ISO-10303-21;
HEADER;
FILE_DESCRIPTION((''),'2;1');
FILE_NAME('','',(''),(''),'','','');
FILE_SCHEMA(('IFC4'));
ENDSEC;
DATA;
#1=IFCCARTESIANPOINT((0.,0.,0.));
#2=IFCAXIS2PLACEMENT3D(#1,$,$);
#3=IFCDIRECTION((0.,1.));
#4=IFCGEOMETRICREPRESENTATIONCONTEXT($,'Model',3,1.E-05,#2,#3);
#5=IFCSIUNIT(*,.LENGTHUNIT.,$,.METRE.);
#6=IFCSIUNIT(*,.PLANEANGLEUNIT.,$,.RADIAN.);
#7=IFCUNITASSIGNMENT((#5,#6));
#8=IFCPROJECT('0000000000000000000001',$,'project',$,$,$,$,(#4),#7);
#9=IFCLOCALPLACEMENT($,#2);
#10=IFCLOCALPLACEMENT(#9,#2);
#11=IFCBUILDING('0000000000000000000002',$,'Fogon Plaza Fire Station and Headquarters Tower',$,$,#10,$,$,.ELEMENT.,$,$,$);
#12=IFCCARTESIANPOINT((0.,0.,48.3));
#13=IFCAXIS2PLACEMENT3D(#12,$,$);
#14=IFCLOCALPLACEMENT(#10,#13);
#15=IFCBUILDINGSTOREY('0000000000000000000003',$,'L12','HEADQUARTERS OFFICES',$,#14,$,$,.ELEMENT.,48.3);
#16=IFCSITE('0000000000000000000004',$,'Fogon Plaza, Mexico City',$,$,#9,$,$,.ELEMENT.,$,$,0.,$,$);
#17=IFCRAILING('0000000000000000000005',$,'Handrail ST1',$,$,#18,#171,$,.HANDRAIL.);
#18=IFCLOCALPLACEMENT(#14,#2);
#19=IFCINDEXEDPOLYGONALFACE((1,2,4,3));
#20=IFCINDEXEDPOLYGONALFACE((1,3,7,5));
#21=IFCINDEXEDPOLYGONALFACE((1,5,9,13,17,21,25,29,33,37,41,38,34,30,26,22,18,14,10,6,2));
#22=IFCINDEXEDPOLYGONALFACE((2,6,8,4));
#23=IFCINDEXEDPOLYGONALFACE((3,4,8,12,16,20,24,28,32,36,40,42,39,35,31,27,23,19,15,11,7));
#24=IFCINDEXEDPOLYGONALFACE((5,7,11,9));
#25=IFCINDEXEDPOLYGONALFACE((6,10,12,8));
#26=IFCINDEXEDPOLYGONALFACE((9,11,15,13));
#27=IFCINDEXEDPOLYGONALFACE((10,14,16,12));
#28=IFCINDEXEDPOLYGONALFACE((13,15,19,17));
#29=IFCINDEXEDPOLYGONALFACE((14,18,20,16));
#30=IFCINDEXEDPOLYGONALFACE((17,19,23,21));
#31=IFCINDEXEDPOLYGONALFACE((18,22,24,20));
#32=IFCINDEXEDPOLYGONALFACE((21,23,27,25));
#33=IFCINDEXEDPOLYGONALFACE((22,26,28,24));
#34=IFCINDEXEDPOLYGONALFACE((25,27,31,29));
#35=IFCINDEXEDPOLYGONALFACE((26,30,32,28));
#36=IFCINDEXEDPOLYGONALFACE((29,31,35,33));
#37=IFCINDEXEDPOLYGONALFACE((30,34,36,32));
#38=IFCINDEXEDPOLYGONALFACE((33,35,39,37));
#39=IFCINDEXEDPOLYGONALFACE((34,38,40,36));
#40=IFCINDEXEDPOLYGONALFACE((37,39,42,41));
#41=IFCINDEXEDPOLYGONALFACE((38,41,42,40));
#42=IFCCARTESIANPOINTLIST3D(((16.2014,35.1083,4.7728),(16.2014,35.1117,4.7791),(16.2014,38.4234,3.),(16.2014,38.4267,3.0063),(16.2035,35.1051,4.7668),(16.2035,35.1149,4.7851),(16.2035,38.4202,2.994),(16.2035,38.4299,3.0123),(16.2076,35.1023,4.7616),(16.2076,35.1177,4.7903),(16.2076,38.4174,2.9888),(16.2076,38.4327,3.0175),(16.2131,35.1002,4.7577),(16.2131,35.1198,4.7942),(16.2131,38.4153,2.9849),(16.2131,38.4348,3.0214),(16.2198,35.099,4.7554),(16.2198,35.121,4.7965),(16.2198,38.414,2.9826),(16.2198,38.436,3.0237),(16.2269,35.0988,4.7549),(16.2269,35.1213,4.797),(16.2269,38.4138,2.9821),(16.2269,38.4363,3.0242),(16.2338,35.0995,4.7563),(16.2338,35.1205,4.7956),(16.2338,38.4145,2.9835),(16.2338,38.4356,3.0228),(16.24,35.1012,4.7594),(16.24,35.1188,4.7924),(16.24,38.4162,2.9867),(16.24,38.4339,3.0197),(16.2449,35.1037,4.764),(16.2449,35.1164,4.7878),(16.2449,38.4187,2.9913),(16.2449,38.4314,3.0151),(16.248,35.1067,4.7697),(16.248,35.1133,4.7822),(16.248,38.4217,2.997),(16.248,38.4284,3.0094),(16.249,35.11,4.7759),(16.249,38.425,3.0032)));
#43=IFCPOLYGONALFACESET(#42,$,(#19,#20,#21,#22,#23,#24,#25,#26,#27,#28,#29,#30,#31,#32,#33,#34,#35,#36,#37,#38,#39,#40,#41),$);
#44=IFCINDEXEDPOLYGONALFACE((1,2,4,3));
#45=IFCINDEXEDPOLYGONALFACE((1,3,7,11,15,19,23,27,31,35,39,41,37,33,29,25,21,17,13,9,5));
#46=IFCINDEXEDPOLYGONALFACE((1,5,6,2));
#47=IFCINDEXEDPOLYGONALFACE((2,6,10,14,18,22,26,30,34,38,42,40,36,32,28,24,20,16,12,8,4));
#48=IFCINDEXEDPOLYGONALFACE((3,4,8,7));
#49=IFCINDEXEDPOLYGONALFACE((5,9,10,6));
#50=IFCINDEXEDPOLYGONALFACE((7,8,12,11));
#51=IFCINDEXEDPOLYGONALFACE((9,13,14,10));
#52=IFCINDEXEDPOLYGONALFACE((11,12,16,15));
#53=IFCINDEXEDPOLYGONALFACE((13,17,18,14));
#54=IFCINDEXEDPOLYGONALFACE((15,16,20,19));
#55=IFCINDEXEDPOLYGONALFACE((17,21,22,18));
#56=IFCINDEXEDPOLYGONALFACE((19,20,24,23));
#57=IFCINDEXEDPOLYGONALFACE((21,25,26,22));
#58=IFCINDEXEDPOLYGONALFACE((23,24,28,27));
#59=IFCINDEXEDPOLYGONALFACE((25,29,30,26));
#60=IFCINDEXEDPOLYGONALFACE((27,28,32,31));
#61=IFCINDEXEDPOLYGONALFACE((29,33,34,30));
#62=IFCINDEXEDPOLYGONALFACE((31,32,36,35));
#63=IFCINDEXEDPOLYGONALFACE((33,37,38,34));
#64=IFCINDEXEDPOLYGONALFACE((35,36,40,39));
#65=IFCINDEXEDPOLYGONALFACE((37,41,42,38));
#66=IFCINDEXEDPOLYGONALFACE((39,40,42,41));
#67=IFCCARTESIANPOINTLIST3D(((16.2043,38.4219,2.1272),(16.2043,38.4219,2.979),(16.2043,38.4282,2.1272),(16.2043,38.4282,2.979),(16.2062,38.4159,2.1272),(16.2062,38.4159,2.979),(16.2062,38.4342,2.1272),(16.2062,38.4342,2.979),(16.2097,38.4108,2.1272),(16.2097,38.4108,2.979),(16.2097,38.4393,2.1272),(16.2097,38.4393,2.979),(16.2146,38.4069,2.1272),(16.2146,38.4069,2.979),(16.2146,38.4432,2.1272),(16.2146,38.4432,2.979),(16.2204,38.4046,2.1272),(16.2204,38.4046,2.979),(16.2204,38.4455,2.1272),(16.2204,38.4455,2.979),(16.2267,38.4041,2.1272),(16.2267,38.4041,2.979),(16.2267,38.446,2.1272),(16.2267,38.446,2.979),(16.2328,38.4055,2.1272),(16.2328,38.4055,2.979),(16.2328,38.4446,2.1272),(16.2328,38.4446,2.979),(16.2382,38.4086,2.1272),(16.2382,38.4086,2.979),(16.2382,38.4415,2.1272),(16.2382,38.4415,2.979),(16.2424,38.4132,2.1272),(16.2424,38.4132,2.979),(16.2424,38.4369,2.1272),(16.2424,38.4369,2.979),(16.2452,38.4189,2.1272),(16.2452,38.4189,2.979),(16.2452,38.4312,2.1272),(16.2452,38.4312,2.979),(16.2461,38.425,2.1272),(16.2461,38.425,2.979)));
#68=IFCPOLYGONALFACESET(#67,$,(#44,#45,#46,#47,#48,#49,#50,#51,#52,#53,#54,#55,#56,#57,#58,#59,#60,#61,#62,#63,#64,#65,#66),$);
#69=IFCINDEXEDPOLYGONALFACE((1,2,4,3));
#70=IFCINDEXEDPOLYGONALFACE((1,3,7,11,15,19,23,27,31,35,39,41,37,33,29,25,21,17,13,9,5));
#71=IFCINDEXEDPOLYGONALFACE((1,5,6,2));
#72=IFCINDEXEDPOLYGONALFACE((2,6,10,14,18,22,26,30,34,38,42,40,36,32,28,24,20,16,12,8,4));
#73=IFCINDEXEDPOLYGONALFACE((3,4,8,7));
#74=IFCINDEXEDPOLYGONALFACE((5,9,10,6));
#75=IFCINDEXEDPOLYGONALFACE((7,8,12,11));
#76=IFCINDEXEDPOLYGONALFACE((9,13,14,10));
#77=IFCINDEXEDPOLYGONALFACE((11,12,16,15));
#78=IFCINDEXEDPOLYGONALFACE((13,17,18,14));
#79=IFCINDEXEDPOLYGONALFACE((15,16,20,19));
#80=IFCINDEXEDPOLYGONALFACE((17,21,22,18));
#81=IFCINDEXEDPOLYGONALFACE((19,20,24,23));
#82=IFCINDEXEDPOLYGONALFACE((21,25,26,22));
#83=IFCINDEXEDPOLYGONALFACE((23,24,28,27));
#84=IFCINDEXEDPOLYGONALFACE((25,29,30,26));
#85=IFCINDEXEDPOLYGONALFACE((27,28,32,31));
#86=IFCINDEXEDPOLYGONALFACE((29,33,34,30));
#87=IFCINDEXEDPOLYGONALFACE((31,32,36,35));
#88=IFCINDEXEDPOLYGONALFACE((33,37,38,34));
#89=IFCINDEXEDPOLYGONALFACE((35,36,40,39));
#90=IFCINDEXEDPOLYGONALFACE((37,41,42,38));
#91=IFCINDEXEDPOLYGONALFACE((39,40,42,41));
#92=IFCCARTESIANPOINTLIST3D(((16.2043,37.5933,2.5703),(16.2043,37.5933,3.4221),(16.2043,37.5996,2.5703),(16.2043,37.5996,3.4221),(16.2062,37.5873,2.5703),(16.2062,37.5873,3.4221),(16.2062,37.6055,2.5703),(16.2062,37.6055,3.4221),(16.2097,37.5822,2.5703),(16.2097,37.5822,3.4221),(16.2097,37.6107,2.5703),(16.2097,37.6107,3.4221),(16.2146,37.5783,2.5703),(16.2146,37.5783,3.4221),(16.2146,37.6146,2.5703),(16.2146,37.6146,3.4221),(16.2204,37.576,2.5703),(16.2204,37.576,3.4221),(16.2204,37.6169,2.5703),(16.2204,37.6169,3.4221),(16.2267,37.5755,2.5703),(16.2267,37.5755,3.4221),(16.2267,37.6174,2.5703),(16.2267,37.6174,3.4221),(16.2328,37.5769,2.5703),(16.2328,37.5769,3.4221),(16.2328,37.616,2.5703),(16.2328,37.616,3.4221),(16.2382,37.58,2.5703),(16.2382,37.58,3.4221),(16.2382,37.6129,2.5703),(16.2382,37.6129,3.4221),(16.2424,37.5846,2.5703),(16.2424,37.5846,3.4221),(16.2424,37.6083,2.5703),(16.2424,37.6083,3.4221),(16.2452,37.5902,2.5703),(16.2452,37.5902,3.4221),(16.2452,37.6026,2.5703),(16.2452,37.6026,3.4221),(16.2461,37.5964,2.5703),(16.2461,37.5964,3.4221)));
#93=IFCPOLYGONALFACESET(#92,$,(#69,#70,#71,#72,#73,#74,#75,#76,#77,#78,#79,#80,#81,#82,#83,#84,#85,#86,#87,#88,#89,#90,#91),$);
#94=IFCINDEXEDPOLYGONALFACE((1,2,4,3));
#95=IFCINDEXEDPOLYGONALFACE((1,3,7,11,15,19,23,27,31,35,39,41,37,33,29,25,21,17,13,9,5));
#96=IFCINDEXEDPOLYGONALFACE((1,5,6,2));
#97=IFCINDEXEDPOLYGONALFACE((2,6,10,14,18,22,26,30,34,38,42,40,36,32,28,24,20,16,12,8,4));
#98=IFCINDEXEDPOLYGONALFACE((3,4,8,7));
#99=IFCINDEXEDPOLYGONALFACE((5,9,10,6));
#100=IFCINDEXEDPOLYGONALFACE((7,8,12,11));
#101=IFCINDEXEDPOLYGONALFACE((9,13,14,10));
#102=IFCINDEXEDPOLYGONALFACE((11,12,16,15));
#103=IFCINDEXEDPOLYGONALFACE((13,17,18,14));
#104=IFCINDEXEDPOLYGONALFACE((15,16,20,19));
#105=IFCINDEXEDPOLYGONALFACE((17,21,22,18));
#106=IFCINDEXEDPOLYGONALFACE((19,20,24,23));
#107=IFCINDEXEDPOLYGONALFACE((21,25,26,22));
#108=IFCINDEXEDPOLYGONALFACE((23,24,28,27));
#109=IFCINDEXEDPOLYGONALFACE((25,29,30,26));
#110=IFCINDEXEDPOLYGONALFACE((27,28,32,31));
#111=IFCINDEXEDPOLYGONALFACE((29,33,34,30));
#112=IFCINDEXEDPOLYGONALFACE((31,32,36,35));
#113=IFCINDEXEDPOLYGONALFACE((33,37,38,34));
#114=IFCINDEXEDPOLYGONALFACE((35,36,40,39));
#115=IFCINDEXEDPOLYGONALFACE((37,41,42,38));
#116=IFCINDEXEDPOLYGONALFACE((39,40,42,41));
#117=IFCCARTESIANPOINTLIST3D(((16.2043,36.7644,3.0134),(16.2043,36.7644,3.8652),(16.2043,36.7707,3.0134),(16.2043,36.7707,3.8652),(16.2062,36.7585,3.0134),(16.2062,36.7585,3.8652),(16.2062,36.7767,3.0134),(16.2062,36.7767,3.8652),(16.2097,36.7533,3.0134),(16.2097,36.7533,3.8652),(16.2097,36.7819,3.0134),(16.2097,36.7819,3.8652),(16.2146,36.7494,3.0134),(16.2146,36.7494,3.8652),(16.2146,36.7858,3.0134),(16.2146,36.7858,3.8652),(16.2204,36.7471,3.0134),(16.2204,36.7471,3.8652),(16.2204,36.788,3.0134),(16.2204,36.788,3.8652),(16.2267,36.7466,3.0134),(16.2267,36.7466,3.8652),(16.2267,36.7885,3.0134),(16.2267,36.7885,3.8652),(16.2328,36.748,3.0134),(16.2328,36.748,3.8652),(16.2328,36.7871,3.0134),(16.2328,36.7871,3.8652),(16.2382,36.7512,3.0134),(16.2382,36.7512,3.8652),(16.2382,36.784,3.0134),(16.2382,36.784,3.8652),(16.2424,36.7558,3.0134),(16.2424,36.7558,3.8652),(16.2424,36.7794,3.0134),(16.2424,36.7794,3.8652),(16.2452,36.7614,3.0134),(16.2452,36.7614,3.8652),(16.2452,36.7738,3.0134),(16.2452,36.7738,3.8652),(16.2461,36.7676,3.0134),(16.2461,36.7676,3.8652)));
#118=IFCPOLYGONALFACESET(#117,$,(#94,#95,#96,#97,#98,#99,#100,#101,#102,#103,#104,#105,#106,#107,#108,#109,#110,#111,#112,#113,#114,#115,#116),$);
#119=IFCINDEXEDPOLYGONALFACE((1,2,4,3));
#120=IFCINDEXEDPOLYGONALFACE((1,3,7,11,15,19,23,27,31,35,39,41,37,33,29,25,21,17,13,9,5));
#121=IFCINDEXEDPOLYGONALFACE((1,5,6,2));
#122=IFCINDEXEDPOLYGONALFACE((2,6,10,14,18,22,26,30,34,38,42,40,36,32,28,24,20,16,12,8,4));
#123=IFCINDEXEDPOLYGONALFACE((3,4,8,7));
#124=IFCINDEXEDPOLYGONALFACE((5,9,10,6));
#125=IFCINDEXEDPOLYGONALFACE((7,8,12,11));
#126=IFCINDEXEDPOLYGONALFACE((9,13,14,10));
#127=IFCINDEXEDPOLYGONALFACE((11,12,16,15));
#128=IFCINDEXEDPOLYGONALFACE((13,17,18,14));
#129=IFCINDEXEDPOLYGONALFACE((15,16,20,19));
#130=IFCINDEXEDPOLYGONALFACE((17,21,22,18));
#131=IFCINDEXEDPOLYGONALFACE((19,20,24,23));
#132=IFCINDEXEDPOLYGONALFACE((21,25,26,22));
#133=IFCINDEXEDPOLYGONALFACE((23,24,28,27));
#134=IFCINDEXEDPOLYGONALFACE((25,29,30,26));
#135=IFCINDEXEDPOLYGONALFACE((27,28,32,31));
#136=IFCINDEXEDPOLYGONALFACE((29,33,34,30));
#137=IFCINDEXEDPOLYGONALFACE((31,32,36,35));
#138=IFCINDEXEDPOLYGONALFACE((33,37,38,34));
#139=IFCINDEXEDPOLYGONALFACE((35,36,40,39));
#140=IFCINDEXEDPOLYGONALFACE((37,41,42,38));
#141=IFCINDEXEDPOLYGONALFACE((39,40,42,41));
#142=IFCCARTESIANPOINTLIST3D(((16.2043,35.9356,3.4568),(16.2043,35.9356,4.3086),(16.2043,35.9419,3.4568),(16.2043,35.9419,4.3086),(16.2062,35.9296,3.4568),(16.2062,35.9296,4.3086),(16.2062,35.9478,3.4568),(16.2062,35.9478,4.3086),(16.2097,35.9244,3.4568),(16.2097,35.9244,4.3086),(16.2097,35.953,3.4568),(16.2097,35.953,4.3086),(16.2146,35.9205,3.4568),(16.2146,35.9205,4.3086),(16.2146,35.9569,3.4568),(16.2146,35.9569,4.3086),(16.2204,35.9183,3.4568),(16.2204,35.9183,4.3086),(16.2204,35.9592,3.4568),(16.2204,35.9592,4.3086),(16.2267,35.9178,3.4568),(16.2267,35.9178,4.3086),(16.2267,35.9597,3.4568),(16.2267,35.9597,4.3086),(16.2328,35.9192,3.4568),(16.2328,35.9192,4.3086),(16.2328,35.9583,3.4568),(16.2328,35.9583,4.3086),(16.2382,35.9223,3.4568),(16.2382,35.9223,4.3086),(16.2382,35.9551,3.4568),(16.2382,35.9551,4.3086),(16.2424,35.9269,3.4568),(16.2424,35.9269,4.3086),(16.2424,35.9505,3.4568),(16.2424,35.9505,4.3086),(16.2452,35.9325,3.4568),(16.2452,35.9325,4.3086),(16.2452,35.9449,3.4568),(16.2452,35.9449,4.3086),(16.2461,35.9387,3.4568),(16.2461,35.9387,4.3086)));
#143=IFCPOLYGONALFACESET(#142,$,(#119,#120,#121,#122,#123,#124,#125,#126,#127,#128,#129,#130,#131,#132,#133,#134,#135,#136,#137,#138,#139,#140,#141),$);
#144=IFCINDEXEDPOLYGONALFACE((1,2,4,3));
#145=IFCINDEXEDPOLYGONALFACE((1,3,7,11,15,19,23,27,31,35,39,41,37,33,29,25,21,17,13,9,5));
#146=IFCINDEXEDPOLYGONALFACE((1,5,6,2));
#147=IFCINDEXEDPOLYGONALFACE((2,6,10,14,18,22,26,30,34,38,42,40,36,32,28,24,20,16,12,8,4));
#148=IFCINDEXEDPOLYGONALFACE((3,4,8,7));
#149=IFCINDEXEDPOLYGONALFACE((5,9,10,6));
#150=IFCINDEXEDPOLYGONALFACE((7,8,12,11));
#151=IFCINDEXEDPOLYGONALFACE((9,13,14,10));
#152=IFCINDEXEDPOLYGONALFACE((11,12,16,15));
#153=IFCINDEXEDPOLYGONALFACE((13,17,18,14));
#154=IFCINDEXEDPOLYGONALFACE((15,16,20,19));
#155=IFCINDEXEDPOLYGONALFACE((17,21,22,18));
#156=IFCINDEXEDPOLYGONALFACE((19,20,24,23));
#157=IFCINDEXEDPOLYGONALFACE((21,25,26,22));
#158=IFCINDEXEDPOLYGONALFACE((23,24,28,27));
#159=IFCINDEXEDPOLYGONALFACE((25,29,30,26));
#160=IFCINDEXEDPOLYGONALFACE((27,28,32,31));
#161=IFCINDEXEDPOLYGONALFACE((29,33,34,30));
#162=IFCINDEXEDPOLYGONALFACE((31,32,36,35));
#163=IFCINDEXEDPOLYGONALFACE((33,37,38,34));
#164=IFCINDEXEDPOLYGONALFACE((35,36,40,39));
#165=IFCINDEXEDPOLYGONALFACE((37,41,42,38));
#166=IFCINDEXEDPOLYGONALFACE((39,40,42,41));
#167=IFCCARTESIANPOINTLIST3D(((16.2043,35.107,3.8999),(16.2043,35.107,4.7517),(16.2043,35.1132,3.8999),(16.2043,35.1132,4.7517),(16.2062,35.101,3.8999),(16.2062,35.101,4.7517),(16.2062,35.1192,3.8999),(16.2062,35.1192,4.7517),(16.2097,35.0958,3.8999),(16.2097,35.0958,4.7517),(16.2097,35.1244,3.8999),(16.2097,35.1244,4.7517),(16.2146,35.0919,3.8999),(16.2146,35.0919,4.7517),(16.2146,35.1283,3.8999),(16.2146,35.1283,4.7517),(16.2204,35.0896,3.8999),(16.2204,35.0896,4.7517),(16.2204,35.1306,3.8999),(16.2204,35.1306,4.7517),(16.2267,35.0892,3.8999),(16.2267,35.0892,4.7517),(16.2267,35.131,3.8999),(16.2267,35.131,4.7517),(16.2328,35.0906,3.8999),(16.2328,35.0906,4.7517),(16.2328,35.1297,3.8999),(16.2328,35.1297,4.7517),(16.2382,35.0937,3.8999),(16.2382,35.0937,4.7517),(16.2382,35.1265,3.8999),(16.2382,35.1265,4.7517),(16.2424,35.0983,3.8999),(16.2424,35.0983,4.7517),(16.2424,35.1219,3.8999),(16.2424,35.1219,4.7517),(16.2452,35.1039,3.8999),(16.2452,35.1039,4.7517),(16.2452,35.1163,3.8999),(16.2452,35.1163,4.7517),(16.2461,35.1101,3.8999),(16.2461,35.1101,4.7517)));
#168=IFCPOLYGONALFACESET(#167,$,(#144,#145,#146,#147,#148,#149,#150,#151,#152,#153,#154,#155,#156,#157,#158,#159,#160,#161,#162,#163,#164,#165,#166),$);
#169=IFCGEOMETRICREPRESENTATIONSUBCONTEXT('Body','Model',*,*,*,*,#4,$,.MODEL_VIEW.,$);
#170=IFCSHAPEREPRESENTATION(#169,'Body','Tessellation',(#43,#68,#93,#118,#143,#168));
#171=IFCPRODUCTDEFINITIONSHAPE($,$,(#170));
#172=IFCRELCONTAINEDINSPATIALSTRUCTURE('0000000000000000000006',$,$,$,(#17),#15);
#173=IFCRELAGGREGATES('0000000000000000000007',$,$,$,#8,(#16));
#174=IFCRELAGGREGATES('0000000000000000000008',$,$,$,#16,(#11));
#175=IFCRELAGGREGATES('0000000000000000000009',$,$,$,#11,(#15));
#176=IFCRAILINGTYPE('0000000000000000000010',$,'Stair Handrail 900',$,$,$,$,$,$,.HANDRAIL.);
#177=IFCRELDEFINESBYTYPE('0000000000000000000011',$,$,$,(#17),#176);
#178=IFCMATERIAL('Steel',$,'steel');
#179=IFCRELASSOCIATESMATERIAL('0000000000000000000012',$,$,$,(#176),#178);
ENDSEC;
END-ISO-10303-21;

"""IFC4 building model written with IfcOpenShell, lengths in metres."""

from ifc_helpers import new_model, si_unit, direction, frame, origin, origin_2d, place, context, subcontext, project, spatial, circle, extrude, material, type_object, element, save


model = new_model("IFC4")

# Units and contexts
model_context = context("Model", 3, precision=1e-05, world=origin(), true_north=direction((0.0, 1.0)))
body_context = subcontext(model_context, "Body", "Model", "MODEL_VIEW")
ifc_project = project(units=[si_unit("LENGTHUNIT", "METRE"), si_unit("PLANEANGLEUNIT", "RADIAN")], contexts=[model_context])

# Site, building, storey
site_placement = place(None, origin())
site = spatial("IfcSite", under=ifc_project, at=site_placement, Name="Fogon Plaza, Mexico City", CompositionType="ELEMENT", RefElevation=0.0)
building_placement = place(site_placement, origin())
building = spatial("IfcBuilding", under=site, at=building_placement, Name="Fogon Plaza Fire Station and Headquarters Tower", CompositionType="ELEMENT")
storey_placement = place(building_placement, frame((0.0, 0.0, 48.3)))
storey = spatial("IfcBuildingStorey", under=building, at=storey_placement, Name="L12", Description="HEADQUARTERS OFFICES", CompositionType="ELEMENT", Elevation=48.3)

# Railing
ifc_material_1 = material(Name="Steel", Category="steel")
railing_type = type_object("IfcRailingType", Name="Stair Handrail 900", PredefinedType="HANDRAIL", material=ifc_material_1)
for number, where, name in (
    (1, (16.2251, 38.425, 2.1272), "Handrail ST1"),
):
    element("IfcRailing", number, at=place(storey_placement, frame(where)), inside=storey, type_object=railing_type, Name=name, PredefinedType="HANDRAIL", context=body_context, shape_type="SweptSolid", body=[
        extrude(circle(Radius=0.0239, at=origin_2d()), frame((0.0, 0.0, 0.876), z_axis=(0.0, -0.881829, 0.471569), x_axis=(1.0, 0.0, 0.0)), (0.0, 0.0, 1.0), 3.7593),
        extrude(circle(Radius=0.021, at=origin_2d()), origin(), (0.0, 0.0, 1.0), 0.8518),
        extrude(circle(Radius=0.021, at=origin_2d()), frame((0.0, -0.8286, 0.4431)), (0.0, 0.0, 1.0), 0.8518),
        extrude(circle(Radius=0.021, at=origin_2d()), frame((0.0, -1.6575, 0.8862)), (0.0, 0.0, 1.0), 0.8518),
        extrude(circle(Radius=0.021, at=origin_2d()), frame((0.0, -2.4863, 1.3296)), (0.0, 0.0, 1.0), 0.8518),
        extrude(circle(Radius=0.021, at=origin_2d()), frame((0.0, -3.3149, 1.7727)), (0.0, 0.0, 1.0), 0.8518),
    ])

save(model, "model.ifc")
